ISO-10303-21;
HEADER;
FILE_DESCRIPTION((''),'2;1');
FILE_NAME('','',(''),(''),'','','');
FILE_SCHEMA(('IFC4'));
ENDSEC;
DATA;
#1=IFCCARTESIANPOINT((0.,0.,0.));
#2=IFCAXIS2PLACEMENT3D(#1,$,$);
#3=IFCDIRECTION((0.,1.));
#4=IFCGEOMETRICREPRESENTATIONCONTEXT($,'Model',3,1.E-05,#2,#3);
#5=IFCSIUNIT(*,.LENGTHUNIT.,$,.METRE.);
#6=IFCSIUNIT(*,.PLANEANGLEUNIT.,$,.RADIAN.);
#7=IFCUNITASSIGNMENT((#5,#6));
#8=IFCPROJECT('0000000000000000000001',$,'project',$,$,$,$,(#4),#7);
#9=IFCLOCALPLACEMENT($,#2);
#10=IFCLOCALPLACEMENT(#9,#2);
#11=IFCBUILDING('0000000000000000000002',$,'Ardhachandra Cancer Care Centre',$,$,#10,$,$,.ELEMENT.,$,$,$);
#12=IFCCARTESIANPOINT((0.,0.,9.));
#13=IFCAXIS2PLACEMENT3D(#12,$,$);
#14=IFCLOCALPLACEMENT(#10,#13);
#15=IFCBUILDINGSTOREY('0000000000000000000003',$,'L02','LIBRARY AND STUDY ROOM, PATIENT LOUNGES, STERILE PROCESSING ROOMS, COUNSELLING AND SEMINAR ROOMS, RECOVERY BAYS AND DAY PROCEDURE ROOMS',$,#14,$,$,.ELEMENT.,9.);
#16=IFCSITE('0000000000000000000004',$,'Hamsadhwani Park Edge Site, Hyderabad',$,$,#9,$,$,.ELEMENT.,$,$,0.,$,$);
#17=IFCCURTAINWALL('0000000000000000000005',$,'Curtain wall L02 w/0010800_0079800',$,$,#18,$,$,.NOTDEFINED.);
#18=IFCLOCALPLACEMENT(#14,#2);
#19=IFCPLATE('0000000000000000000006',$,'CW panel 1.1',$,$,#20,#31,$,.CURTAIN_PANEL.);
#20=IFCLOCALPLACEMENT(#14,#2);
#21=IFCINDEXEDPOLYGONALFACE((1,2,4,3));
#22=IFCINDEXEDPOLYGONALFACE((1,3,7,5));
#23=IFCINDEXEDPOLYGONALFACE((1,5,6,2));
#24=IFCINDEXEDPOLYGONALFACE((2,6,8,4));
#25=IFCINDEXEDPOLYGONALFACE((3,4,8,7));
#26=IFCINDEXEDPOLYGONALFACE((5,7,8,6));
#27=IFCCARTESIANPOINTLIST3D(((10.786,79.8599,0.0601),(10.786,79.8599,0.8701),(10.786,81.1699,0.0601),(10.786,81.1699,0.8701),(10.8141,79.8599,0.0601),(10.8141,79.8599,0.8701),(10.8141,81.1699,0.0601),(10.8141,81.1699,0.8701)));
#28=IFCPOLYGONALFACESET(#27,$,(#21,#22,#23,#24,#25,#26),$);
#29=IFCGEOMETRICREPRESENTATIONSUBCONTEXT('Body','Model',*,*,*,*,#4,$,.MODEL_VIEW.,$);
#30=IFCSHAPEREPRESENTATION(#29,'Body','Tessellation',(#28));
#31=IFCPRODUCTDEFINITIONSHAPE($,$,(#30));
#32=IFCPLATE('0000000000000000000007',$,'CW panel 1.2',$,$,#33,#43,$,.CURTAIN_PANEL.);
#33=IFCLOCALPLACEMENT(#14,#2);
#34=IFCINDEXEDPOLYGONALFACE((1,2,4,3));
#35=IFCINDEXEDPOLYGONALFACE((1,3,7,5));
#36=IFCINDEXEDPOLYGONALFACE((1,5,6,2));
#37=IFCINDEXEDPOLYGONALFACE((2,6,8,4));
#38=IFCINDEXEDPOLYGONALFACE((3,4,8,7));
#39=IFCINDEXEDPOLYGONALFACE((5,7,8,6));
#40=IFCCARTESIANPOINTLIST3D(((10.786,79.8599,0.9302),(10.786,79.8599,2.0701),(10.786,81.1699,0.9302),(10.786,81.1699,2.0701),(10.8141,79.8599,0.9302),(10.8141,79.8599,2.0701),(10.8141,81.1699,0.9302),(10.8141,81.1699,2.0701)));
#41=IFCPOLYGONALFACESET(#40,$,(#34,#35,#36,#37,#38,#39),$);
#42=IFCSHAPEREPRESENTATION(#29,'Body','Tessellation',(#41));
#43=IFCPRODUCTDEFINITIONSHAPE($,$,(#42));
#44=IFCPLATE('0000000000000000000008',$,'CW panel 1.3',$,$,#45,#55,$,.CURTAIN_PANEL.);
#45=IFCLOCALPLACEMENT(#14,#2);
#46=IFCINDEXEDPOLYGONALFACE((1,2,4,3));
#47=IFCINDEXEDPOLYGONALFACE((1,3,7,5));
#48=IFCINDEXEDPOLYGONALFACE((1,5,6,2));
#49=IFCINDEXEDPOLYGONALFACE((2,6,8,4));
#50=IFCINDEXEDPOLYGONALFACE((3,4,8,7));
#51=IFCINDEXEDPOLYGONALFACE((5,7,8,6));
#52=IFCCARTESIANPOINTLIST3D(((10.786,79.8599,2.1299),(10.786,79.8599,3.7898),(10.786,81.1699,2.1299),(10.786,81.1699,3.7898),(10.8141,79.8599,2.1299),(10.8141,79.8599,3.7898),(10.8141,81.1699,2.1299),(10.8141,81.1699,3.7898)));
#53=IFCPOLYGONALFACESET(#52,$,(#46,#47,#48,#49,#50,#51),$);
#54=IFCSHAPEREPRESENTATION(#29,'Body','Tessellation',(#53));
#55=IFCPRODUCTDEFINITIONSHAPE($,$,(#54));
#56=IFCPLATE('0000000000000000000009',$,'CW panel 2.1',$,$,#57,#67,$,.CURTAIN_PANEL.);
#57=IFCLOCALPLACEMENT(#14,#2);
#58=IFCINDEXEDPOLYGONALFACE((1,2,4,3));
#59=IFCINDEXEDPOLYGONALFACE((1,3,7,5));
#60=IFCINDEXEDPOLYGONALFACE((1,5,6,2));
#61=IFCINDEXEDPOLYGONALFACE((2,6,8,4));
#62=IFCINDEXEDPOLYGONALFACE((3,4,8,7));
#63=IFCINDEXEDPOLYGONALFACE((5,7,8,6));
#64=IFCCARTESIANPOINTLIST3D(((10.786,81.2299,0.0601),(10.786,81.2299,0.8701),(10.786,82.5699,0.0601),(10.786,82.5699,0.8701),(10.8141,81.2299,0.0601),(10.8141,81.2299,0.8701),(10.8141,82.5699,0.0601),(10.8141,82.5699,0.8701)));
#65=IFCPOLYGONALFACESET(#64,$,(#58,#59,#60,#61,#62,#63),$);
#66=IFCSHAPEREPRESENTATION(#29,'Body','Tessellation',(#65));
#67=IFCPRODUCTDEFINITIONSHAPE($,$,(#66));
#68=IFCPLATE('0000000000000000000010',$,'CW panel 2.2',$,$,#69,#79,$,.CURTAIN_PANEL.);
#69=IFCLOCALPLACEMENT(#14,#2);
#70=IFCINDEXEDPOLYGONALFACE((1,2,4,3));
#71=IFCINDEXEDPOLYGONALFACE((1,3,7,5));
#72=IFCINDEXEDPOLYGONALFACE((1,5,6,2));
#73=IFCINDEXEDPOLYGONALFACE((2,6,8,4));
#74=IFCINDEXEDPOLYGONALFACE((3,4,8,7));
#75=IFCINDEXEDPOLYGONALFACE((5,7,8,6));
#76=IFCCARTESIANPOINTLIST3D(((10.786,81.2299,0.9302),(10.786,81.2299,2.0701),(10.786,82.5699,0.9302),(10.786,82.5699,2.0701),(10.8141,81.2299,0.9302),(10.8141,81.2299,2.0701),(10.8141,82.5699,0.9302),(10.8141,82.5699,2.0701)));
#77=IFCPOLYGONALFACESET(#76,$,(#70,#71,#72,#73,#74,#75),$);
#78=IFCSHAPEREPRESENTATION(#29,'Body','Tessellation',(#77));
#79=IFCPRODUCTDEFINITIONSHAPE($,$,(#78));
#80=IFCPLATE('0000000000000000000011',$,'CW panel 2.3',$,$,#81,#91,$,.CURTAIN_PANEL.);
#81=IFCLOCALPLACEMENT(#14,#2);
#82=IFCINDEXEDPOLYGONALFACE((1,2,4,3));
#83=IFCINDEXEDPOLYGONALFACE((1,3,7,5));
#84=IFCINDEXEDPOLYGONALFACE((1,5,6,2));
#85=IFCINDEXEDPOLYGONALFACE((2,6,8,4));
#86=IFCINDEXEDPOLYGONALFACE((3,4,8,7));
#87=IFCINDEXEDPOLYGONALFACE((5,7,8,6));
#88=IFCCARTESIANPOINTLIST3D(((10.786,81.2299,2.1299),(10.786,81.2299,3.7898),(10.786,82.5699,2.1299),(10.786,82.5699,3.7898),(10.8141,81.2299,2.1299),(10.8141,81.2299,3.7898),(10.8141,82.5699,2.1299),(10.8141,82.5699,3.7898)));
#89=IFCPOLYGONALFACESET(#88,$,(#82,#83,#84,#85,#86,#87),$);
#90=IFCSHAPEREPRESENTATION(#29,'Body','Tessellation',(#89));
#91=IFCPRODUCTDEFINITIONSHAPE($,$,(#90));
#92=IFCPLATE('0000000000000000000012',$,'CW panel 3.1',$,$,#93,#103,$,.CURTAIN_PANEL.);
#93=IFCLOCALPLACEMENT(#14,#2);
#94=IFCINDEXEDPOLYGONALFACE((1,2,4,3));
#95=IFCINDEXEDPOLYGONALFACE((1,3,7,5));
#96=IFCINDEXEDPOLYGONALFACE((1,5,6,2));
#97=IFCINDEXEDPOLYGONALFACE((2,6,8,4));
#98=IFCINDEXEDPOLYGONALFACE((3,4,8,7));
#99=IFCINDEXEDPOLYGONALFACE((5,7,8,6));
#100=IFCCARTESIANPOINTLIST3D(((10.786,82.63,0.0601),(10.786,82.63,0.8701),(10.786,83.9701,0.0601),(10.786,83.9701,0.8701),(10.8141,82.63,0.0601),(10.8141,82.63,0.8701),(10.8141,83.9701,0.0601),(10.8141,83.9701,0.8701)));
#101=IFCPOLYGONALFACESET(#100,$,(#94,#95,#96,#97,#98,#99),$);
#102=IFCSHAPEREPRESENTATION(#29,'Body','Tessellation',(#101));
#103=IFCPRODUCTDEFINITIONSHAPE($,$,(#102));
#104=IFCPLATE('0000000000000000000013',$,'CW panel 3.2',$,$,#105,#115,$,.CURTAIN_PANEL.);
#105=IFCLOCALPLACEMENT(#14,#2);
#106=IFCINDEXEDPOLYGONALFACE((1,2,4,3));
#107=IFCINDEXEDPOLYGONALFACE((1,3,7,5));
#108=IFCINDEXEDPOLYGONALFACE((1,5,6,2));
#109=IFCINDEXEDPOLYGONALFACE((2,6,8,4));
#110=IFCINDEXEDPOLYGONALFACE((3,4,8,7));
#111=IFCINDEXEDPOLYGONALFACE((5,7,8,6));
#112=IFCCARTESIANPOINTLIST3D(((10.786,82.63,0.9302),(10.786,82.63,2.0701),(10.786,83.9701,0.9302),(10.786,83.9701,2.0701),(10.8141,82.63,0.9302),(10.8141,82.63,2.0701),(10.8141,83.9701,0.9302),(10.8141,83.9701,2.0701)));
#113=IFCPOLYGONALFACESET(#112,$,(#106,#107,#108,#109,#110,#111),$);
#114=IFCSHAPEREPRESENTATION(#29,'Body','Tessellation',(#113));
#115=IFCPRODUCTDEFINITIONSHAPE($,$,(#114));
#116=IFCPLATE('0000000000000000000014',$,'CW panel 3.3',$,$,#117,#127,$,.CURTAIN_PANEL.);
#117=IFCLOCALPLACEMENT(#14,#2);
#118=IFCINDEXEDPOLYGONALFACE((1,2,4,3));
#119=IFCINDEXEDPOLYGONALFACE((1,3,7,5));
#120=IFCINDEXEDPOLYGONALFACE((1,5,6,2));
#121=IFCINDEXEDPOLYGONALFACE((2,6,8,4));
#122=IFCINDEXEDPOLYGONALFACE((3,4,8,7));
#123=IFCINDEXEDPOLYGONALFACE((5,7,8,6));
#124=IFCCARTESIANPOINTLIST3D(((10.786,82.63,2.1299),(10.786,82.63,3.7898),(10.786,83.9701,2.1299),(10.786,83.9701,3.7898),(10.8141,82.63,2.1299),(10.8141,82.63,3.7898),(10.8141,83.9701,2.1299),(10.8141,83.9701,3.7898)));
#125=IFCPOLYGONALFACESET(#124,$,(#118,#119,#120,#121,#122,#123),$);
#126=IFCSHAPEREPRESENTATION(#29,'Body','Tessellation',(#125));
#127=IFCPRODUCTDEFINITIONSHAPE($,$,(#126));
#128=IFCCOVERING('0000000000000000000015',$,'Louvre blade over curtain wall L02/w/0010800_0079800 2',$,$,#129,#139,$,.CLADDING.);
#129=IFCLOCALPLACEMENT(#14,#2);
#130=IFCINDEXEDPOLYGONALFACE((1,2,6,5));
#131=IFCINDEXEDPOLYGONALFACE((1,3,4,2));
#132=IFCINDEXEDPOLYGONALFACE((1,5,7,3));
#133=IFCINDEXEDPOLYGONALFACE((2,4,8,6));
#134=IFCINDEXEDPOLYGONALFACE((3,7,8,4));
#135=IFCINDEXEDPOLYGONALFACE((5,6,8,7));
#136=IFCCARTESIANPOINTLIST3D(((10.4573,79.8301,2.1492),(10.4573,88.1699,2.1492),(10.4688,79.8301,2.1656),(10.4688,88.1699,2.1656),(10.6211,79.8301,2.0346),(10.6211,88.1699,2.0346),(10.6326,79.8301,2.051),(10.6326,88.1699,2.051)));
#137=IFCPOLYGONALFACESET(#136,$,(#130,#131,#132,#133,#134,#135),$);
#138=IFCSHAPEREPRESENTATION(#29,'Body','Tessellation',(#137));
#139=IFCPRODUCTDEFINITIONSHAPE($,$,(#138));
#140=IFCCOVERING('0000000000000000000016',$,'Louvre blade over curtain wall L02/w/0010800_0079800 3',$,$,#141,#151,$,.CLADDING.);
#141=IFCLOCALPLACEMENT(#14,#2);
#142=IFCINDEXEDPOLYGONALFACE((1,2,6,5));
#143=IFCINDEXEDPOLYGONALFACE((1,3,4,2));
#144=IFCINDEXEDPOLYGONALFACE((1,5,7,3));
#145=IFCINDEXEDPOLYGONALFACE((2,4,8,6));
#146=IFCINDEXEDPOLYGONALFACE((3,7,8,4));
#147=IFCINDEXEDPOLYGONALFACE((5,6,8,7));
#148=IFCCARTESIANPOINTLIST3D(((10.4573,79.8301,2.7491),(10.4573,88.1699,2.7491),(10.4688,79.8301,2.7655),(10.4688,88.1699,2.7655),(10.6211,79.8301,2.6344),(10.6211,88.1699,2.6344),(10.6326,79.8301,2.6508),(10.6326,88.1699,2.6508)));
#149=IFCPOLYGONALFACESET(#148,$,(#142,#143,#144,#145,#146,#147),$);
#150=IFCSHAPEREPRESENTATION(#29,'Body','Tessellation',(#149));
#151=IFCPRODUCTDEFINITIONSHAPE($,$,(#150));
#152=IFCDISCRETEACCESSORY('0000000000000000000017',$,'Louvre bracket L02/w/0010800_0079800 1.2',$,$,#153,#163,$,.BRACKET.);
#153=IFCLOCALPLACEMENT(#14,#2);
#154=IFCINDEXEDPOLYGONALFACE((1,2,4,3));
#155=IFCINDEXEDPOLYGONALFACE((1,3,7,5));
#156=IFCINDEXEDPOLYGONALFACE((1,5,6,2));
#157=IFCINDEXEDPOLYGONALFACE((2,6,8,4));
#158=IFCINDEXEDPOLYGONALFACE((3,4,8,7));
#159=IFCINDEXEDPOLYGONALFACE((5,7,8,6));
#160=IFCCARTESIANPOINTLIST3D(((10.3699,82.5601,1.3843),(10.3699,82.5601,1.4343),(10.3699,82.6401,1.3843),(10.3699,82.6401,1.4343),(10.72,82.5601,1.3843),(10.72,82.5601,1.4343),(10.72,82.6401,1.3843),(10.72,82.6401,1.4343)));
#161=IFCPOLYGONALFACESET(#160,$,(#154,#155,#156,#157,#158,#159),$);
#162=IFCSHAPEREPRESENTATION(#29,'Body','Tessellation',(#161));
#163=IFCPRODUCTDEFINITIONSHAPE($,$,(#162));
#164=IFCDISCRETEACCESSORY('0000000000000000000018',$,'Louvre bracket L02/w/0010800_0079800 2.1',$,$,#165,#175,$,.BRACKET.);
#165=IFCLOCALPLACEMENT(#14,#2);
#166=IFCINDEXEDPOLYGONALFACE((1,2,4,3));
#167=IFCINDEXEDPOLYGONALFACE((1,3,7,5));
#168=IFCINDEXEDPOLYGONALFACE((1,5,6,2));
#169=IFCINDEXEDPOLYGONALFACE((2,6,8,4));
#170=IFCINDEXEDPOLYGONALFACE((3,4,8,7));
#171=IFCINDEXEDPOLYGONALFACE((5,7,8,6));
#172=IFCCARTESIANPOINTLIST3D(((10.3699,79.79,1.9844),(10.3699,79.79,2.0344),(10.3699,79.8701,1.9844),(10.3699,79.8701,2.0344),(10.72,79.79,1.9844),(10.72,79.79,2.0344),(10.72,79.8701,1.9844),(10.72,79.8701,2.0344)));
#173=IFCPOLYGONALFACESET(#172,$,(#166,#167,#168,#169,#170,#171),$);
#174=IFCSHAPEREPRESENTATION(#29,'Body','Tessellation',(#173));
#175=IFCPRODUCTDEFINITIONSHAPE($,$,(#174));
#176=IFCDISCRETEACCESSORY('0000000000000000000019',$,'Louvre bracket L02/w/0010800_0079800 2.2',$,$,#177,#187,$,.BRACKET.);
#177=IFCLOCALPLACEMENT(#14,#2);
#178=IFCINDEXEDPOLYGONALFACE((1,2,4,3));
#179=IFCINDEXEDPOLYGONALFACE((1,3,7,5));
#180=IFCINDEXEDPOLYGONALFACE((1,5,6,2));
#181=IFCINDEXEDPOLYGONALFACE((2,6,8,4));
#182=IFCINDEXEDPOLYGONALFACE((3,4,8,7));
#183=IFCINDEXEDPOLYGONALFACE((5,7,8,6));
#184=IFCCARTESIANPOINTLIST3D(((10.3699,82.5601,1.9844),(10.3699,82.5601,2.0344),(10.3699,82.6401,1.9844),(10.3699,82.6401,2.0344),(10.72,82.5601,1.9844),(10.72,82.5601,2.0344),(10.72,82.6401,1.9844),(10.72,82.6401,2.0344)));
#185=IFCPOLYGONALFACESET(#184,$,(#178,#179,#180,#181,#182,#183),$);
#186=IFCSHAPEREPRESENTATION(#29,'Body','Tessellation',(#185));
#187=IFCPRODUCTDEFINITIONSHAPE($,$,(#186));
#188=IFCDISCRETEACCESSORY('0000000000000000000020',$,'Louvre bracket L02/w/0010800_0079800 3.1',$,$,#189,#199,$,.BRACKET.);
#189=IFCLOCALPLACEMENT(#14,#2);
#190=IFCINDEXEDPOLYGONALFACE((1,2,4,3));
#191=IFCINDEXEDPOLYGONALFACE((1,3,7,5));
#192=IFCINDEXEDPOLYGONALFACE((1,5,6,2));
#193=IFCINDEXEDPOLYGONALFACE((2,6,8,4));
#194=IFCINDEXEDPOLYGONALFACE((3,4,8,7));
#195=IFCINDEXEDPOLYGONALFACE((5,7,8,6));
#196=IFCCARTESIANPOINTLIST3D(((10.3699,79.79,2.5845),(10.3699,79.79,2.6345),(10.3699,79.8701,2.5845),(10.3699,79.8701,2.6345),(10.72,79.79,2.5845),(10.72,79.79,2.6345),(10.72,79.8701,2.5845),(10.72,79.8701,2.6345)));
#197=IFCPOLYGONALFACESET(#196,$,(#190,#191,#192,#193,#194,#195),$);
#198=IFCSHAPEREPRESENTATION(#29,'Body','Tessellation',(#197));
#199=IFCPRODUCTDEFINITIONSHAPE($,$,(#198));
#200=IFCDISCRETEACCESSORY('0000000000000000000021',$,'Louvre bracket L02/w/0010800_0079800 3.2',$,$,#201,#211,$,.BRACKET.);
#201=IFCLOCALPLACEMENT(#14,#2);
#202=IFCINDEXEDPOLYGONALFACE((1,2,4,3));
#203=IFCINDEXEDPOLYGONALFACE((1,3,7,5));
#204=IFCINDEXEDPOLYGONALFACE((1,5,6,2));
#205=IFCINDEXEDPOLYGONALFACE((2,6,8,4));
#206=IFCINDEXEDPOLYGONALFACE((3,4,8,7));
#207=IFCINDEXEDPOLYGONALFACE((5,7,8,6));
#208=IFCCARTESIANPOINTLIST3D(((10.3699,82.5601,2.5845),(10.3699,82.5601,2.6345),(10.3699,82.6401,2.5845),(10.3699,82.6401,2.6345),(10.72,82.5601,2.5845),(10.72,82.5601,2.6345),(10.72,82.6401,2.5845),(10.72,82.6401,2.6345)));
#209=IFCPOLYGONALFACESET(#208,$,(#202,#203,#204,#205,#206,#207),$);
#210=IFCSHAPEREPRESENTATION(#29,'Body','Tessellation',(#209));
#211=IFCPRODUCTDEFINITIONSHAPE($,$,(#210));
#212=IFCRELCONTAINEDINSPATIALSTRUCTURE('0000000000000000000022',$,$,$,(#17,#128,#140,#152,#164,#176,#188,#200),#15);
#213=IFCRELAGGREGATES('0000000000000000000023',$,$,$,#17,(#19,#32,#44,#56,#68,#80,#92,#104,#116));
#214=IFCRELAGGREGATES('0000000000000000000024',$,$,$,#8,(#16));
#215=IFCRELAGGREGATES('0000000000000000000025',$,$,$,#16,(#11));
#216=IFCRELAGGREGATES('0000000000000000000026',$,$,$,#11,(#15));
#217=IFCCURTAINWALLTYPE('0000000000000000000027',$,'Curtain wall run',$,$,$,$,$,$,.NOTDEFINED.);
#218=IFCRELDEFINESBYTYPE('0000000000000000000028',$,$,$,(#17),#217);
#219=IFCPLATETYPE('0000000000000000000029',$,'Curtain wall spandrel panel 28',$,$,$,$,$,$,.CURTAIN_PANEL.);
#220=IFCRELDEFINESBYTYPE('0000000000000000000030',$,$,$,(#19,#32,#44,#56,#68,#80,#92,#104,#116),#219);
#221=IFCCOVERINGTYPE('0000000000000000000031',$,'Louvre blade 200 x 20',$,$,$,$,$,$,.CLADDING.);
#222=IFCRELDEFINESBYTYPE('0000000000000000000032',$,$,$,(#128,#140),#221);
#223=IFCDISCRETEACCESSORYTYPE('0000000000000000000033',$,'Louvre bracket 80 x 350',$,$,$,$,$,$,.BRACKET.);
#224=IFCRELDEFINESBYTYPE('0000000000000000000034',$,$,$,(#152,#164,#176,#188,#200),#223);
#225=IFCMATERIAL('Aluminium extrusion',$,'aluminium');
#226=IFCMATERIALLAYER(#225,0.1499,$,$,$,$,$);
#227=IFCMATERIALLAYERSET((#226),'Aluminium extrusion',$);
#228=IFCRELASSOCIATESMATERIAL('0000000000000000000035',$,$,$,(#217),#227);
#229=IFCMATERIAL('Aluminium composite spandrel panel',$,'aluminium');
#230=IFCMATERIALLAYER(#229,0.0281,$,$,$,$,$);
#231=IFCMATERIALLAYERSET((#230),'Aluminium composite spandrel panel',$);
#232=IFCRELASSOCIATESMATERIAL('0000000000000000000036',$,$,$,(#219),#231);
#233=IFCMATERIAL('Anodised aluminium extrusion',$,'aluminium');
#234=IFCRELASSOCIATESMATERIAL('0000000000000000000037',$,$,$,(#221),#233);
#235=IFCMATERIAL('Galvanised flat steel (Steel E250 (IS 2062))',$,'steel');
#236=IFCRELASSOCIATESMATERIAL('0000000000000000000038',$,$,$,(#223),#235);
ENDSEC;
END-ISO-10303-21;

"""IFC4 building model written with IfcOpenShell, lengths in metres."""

from ifc_helpers import new_model, si_unit, direction, frame, origin, origin_2d, place, context, subcontext, project, spatial, rectangle, extrude, material, layer, layer_set, material_profile, profile_set, type_object, element, aggregate, save


model = new_model("IFC4")

# Units and contexts
model_context = context("Model", 3, precision=1e-05, world=origin(), true_north=direction((0.0, 1.0)))
body_context = subcontext(model_context, "Body", "Model", "MODEL_VIEW")
ifc_project = project(units=[si_unit("LENGTHUNIT", "METRE"), si_unit("PLANEANGLEUNIT", "RADIAN")], contexts=[model_context])

# Site, building, storey
site_placement = place(None, origin())
site = spatial("IfcSite", under=ifc_project, at=site_placement, Name="Hamsadhwani Park Edge Site, Hyderabad", CompositionType="ELEMENT", RefElevation=0.0)
building_placement = place(site_placement, origin())
building = spatial("IfcBuilding", under=site, at=building_placement, Name="Ardhachandra Cancer Care Centre", CompositionType="ELEMENT")
storey_placement = place(building_placement, frame((0.0, 0.0, 9.0)))
storey = spatial("IfcBuildingStorey", under=building, at=storey_placement, Name="L02", Description="LIBRARY AND STUDY ROOM, PATIENT LOUNGES, STERILE PROCESSING ROOMS, COUNSELLING AND SEMINAR ROOMS, RECOVERY BAYS AND DAY PROCEDURE ROOMS", CompositionType="ELEMENT", Elevation=9.0)

# Curtain wall, plates
ifc_material_1 = material(Name="Aluminium extrusion", Category="aluminium")
ifc_layer_1 = layer(ifc_material_1, 0.1499)
ifc_layer_set_1 = layer_set([ifc_layer_1], Name="Aluminium extrusion")
curtain_wall_type = type_object("IfcCurtainWallType", Name="Curtain wall run", PredefinedType="NOTDEFINED", material=ifc_layer_set_1)
curtain_wall_placement = place(storey_placement, origin())
curtain_wall = element("IfcCurtainWall", 1, at=curtain_wall_placement, inside=storey, type_object=curtain_wall_type, Name="Curtain wall L02 w/0010800_0079800", PredefinedType="NOTDEFINED")
ifc_material_2 = material(Name="Aluminium composite spandrel panel", Category="aluminium")
ifc_layer_2 = layer(ifc_material_2, 0.0281)
ifc_layer_set_2 = layer_set([ifc_layer_2], Name="Aluminium composite spandrel panel")
plate_type = type_object("IfcPlateType", Name="Curtain wall spandrel panel 28", PredefinedType="CURTAIN_PANEL", material=ifc_layer_set_2)
plate_1_placement = place(storey_placement, frame((10.8, 80.5149, 0.0601), z_axis=(0.0, 0.0, 1.0), x_axis=(0.0, 1.0, 0.0)))
plate_1 = element("IfcPlate", 2, at=plate_1_placement, type_object=plate_type, Name="CW panel 1.1", PredefinedType="CURTAIN_PANEL", context=body_context, shape_type="SweptSolid", body=[
    extrude(rectangle(XDim=1.3101, YDim=0.0281, at=origin_2d()), origin(), (0.0, 0.0, 1.0), 0.8101),
])
plate_2_placement = place(storey_placement, frame((10.8, 80.5149, 0.9302), z_axis=(0.0, 0.0, 1.0), x_axis=(0.0, 1.0, 0.0)))
plate_2 = element("IfcPlate", 3, at=plate_2_placement, type_object=plate_type, Name="CW panel 1.2", PredefinedType="CURTAIN_PANEL", context=body_context, shape_type="SweptSolid", body=[
    extrude(rectangle(XDim=1.3101, YDim=0.0281, at=origin_2d()), origin(), (0.0, 0.0, 1.0), 1.1399),
])
plate_3_placement = place(storey_placement, frame((10.8, 80.5149, 2.1299), z_axis=(0.0, 0.0, 1.0), x_axis=(0.0, 1.0, 0.0)))
plate_3 = element("IfcPlate", 4, at=plate_3_placement, type_object=plate_type, Name="CW panel 1.3", PredefinedType="CURTAIN_PANEL", context=body_context, shape_type="SweptSolid", body=[
    extrude(rectangle(XDim=1.3101, YDim=0.0281, at=origin_2d()), origin(), (0.0, 0.0, 1.0), 1.6599),
])
plate_4_placement = place(storey_placement, frame((10.8, 81.8999, 0.0601), z_axis=(0.0, 0.0, 1.0), x_axis=(0.0, 1.0, 0.0)))
plate_4 = element("IfcPlate", 5, at=plate_4_placement, type_object=plate_type, Name="CW panel 2.1", PredefinedType="CURTAIN_PANEL", context=body_context, shape_type="SweptSolid", body=[
    extrude(rectangle(XDim=1.3401, YDim=0.0281, at=origin_2d()), origin(), (0.0, 0.0, 1.0), 0.8101),
])
plate_5_placement = place(storey_placement, frame((10.8, 81.8999, 0.9302), z_axis=(0.0, 0.0, 1.0), x_axis=(0.0, 1.0, 0.0)))
plate_5 = element("IfcPlate", 6, at=plate_5_placement, type_object=plate_type, Name="CW panel 2.2", PredefinedType="CURTAIN_PANEL", context=body_context, shape_type="SweptSolid", body=[
    extrude(rectangle(XDim=1.3401, YDim=0.0281, at=origin_2d()), origin(), (0.0, 0.0, 1.0), 1.1399),
])
plate_6_placement = place(storey_placement, frame((10.8, 81.8999, 2.1299), z_axis=(0.0, 0.0, 1.0), x_axis=(0.0, 1.0, 0.0)))
plate_6 = element("IfcPlate", 7, at=plate_6_placement, type_object=plate_type, Name="CW panel 2.3", PredefinedType="CURTAIN_PANEL", context=body_context, shape_type="SweptSolid", body=[
    extrude(rectangle(XDim=1.3401, YDim=0.0281, at=origin_2d()), origin(), (0.0, 0.0, 1.0), 1.6599),
])
plate_7_placement = place(storey_placement, frame((10.8, 83.3, 0.0601), z_axis=(0.0, 0.0, 1.0), x_axis=(0.0, 1.0, 0.0)))
plate_7 = element("IfcPlate", 8, at=plate_7_placement, type_object=plate_type, Name="CW panel 3.1", PredefinedType="CURTAIN_PANEL", context=body_context, shape_type="SweptSolid", body=[
    extrude(rectangle(XDim=1.3401, YDim=0.0281, at=origin_2d()), origin(), (0.0, 0.0, 1.0), 0.8101),
])
plate_8_placement = place(storey_placement, frame((10.8, 83.3, 0.9302), z_axis=(0.0, 0.0, 1.0), x_axis=(0.0, 1.0, 0.0)))
plate_8 = element("IfcPlate", 9, at=plate_8_placement, type_object=plate_type, Name="CW panel 3.2", PredefinedType="CURTAIN_PANEL", context=body_context, shape_type="SweptSolid", body=[
    extrude(rectangle(XDim=1.3401, YDim=0.0281, at=origin_2d()), origin(), (0.0, 0.0, 1.0), 1.1399),
])
plate_9_placement = place(storey_placement, frame((10.8, 83.3, 2.1299), z_axis=(0.0, 0.0, 1.0), x_axis=(0.0, 1.0, 0.0)))
plate_9 = element("IfcPlate", 10, at=plate_9_placement, type_object=plate_type, Name="CW panel 3.3", PredefinedType="CURTAIN_PANEL", context=body_context, shape_type="SweptSolid", body=[
    extrude(rectangle(XDim=1.3401, YDim=0.0281, at=origin_2d()), origin(), (0.0, 0.0, 1.0), 1.6599),
])
aggregate(curtain_wall, [plate_1, plate_2, plate_3, plate_4, plate_5, plate_6, plate_7, plate_8, plate_9])

# Coverings
ifc_material_3 = material(Name="Anodised aluminium extrusion", Category="aluminium")
ifc_material_profile_1 = material_profile(ifc_material_3, rectangle(XDim=0.2, YDim=0.02, at=origin_2d()), Name="Louvre blade 200 x 20")
ifc_profile_set_1 = profile_set([ifc_material_profile_1], Name="Anodised aluminium extrusion")
covering_type = type_object("IfcCoveringType", Name="Louvre blade 200 x 20", PredefinedType="CLADDING", material=ifc_profile_set_1)
for number, where, z_axis, x_axis, name in (
    (11, (10.5449, 79.8301, 2.1001), (0.0, 1.0, 0.0), (-0.819152, 0.0, 0.573576), "Louvre blade over curtain wall L02/w/0010800_0079800 2"),
    (12, (10.5449, 79.8301, 2.7), (0.0, 1.0, 0.0), (-0.819152, 0.0, 0.573576), "Louvre blade over curtain wall L02/w/0010800_0079800 3"),
):
    element("IfcCovering", number, at=place(storey_placement, frame(where, z_axis=z_axis, x_axis=x_axis)), inside=storey, type_object=covering_type, Name=name, PredefinedType="CLADDING", context=body_context, shape_type="SweptSolid", body=[
        extrude(rectangle(XDim=0.2, YDim=0.02, at=origin_2d()), origin(), (0.0, 0.0, 1.0), 8.3398),
    ])

# Discrete accessories
ifc_material_4 = material(Name="Galvanised flat steel (Steel E250 (IS 2062))", Category="steel")
discrete_accessory_type = type_object("IfcDiscreteAccessoryType", Name="Louvre bracket 80 x 350", PredefinedType="BRACKET", material=ifc_material_4)
for number, where, z_axis, x_axis, name in (
    (13, (10.5449, 82.6001, 1.3843), (0.0, 0.0, 1.0), (0.0, 1.0, 0.0), "Louvre bracket L02/w/0010800_0079800 1.2"),
    (14, (10.5449, 79.8301, 1.9844), (0.0, 0.0, 1.0), (0.0, 1.0, 0.0), "Louvre bracket L02/w/0010800_0079800 2.1"),
    (15, (10.5449, 82.6001, 1.9844), (0.0, 0.0, 1.0), (0.0, 1.0, 0.0), "Louvre bracket L02/w/0010800_0079800 2.2"),
    (16, (10.5449, 79.8301, 2.5845), (0.0, 0.0, 1.0), (0.0, 1.0, 0.0), "Louvre bracket L02/w/0010800_0079800 3.1"),
    (17, (10.5449, 82.6001, 2.5845), (0.0, 0.0, 1.0), (0.0, 1.0, 0.0), "Louvre bracket L02/w/0010800_0079800 3.2"),
):
    element("IfcDiscreteAccessory", number, at=place(storey_placement, frame(where, z_axis=z_axis, x_axis=x_axis)), inside=storey, type_object=discrete_accessory_type, Name=name, PredefinedType="BRACKET", context=body_context, shape_type="SweptSolid", body=[
        extrude(rectangle(XDim=0.0801, YDim=0.3501, at=origin_2d()), origin(), (0.0, 0.0, 1.0), 0.05),
    ])

save(model, "model.ifc")
